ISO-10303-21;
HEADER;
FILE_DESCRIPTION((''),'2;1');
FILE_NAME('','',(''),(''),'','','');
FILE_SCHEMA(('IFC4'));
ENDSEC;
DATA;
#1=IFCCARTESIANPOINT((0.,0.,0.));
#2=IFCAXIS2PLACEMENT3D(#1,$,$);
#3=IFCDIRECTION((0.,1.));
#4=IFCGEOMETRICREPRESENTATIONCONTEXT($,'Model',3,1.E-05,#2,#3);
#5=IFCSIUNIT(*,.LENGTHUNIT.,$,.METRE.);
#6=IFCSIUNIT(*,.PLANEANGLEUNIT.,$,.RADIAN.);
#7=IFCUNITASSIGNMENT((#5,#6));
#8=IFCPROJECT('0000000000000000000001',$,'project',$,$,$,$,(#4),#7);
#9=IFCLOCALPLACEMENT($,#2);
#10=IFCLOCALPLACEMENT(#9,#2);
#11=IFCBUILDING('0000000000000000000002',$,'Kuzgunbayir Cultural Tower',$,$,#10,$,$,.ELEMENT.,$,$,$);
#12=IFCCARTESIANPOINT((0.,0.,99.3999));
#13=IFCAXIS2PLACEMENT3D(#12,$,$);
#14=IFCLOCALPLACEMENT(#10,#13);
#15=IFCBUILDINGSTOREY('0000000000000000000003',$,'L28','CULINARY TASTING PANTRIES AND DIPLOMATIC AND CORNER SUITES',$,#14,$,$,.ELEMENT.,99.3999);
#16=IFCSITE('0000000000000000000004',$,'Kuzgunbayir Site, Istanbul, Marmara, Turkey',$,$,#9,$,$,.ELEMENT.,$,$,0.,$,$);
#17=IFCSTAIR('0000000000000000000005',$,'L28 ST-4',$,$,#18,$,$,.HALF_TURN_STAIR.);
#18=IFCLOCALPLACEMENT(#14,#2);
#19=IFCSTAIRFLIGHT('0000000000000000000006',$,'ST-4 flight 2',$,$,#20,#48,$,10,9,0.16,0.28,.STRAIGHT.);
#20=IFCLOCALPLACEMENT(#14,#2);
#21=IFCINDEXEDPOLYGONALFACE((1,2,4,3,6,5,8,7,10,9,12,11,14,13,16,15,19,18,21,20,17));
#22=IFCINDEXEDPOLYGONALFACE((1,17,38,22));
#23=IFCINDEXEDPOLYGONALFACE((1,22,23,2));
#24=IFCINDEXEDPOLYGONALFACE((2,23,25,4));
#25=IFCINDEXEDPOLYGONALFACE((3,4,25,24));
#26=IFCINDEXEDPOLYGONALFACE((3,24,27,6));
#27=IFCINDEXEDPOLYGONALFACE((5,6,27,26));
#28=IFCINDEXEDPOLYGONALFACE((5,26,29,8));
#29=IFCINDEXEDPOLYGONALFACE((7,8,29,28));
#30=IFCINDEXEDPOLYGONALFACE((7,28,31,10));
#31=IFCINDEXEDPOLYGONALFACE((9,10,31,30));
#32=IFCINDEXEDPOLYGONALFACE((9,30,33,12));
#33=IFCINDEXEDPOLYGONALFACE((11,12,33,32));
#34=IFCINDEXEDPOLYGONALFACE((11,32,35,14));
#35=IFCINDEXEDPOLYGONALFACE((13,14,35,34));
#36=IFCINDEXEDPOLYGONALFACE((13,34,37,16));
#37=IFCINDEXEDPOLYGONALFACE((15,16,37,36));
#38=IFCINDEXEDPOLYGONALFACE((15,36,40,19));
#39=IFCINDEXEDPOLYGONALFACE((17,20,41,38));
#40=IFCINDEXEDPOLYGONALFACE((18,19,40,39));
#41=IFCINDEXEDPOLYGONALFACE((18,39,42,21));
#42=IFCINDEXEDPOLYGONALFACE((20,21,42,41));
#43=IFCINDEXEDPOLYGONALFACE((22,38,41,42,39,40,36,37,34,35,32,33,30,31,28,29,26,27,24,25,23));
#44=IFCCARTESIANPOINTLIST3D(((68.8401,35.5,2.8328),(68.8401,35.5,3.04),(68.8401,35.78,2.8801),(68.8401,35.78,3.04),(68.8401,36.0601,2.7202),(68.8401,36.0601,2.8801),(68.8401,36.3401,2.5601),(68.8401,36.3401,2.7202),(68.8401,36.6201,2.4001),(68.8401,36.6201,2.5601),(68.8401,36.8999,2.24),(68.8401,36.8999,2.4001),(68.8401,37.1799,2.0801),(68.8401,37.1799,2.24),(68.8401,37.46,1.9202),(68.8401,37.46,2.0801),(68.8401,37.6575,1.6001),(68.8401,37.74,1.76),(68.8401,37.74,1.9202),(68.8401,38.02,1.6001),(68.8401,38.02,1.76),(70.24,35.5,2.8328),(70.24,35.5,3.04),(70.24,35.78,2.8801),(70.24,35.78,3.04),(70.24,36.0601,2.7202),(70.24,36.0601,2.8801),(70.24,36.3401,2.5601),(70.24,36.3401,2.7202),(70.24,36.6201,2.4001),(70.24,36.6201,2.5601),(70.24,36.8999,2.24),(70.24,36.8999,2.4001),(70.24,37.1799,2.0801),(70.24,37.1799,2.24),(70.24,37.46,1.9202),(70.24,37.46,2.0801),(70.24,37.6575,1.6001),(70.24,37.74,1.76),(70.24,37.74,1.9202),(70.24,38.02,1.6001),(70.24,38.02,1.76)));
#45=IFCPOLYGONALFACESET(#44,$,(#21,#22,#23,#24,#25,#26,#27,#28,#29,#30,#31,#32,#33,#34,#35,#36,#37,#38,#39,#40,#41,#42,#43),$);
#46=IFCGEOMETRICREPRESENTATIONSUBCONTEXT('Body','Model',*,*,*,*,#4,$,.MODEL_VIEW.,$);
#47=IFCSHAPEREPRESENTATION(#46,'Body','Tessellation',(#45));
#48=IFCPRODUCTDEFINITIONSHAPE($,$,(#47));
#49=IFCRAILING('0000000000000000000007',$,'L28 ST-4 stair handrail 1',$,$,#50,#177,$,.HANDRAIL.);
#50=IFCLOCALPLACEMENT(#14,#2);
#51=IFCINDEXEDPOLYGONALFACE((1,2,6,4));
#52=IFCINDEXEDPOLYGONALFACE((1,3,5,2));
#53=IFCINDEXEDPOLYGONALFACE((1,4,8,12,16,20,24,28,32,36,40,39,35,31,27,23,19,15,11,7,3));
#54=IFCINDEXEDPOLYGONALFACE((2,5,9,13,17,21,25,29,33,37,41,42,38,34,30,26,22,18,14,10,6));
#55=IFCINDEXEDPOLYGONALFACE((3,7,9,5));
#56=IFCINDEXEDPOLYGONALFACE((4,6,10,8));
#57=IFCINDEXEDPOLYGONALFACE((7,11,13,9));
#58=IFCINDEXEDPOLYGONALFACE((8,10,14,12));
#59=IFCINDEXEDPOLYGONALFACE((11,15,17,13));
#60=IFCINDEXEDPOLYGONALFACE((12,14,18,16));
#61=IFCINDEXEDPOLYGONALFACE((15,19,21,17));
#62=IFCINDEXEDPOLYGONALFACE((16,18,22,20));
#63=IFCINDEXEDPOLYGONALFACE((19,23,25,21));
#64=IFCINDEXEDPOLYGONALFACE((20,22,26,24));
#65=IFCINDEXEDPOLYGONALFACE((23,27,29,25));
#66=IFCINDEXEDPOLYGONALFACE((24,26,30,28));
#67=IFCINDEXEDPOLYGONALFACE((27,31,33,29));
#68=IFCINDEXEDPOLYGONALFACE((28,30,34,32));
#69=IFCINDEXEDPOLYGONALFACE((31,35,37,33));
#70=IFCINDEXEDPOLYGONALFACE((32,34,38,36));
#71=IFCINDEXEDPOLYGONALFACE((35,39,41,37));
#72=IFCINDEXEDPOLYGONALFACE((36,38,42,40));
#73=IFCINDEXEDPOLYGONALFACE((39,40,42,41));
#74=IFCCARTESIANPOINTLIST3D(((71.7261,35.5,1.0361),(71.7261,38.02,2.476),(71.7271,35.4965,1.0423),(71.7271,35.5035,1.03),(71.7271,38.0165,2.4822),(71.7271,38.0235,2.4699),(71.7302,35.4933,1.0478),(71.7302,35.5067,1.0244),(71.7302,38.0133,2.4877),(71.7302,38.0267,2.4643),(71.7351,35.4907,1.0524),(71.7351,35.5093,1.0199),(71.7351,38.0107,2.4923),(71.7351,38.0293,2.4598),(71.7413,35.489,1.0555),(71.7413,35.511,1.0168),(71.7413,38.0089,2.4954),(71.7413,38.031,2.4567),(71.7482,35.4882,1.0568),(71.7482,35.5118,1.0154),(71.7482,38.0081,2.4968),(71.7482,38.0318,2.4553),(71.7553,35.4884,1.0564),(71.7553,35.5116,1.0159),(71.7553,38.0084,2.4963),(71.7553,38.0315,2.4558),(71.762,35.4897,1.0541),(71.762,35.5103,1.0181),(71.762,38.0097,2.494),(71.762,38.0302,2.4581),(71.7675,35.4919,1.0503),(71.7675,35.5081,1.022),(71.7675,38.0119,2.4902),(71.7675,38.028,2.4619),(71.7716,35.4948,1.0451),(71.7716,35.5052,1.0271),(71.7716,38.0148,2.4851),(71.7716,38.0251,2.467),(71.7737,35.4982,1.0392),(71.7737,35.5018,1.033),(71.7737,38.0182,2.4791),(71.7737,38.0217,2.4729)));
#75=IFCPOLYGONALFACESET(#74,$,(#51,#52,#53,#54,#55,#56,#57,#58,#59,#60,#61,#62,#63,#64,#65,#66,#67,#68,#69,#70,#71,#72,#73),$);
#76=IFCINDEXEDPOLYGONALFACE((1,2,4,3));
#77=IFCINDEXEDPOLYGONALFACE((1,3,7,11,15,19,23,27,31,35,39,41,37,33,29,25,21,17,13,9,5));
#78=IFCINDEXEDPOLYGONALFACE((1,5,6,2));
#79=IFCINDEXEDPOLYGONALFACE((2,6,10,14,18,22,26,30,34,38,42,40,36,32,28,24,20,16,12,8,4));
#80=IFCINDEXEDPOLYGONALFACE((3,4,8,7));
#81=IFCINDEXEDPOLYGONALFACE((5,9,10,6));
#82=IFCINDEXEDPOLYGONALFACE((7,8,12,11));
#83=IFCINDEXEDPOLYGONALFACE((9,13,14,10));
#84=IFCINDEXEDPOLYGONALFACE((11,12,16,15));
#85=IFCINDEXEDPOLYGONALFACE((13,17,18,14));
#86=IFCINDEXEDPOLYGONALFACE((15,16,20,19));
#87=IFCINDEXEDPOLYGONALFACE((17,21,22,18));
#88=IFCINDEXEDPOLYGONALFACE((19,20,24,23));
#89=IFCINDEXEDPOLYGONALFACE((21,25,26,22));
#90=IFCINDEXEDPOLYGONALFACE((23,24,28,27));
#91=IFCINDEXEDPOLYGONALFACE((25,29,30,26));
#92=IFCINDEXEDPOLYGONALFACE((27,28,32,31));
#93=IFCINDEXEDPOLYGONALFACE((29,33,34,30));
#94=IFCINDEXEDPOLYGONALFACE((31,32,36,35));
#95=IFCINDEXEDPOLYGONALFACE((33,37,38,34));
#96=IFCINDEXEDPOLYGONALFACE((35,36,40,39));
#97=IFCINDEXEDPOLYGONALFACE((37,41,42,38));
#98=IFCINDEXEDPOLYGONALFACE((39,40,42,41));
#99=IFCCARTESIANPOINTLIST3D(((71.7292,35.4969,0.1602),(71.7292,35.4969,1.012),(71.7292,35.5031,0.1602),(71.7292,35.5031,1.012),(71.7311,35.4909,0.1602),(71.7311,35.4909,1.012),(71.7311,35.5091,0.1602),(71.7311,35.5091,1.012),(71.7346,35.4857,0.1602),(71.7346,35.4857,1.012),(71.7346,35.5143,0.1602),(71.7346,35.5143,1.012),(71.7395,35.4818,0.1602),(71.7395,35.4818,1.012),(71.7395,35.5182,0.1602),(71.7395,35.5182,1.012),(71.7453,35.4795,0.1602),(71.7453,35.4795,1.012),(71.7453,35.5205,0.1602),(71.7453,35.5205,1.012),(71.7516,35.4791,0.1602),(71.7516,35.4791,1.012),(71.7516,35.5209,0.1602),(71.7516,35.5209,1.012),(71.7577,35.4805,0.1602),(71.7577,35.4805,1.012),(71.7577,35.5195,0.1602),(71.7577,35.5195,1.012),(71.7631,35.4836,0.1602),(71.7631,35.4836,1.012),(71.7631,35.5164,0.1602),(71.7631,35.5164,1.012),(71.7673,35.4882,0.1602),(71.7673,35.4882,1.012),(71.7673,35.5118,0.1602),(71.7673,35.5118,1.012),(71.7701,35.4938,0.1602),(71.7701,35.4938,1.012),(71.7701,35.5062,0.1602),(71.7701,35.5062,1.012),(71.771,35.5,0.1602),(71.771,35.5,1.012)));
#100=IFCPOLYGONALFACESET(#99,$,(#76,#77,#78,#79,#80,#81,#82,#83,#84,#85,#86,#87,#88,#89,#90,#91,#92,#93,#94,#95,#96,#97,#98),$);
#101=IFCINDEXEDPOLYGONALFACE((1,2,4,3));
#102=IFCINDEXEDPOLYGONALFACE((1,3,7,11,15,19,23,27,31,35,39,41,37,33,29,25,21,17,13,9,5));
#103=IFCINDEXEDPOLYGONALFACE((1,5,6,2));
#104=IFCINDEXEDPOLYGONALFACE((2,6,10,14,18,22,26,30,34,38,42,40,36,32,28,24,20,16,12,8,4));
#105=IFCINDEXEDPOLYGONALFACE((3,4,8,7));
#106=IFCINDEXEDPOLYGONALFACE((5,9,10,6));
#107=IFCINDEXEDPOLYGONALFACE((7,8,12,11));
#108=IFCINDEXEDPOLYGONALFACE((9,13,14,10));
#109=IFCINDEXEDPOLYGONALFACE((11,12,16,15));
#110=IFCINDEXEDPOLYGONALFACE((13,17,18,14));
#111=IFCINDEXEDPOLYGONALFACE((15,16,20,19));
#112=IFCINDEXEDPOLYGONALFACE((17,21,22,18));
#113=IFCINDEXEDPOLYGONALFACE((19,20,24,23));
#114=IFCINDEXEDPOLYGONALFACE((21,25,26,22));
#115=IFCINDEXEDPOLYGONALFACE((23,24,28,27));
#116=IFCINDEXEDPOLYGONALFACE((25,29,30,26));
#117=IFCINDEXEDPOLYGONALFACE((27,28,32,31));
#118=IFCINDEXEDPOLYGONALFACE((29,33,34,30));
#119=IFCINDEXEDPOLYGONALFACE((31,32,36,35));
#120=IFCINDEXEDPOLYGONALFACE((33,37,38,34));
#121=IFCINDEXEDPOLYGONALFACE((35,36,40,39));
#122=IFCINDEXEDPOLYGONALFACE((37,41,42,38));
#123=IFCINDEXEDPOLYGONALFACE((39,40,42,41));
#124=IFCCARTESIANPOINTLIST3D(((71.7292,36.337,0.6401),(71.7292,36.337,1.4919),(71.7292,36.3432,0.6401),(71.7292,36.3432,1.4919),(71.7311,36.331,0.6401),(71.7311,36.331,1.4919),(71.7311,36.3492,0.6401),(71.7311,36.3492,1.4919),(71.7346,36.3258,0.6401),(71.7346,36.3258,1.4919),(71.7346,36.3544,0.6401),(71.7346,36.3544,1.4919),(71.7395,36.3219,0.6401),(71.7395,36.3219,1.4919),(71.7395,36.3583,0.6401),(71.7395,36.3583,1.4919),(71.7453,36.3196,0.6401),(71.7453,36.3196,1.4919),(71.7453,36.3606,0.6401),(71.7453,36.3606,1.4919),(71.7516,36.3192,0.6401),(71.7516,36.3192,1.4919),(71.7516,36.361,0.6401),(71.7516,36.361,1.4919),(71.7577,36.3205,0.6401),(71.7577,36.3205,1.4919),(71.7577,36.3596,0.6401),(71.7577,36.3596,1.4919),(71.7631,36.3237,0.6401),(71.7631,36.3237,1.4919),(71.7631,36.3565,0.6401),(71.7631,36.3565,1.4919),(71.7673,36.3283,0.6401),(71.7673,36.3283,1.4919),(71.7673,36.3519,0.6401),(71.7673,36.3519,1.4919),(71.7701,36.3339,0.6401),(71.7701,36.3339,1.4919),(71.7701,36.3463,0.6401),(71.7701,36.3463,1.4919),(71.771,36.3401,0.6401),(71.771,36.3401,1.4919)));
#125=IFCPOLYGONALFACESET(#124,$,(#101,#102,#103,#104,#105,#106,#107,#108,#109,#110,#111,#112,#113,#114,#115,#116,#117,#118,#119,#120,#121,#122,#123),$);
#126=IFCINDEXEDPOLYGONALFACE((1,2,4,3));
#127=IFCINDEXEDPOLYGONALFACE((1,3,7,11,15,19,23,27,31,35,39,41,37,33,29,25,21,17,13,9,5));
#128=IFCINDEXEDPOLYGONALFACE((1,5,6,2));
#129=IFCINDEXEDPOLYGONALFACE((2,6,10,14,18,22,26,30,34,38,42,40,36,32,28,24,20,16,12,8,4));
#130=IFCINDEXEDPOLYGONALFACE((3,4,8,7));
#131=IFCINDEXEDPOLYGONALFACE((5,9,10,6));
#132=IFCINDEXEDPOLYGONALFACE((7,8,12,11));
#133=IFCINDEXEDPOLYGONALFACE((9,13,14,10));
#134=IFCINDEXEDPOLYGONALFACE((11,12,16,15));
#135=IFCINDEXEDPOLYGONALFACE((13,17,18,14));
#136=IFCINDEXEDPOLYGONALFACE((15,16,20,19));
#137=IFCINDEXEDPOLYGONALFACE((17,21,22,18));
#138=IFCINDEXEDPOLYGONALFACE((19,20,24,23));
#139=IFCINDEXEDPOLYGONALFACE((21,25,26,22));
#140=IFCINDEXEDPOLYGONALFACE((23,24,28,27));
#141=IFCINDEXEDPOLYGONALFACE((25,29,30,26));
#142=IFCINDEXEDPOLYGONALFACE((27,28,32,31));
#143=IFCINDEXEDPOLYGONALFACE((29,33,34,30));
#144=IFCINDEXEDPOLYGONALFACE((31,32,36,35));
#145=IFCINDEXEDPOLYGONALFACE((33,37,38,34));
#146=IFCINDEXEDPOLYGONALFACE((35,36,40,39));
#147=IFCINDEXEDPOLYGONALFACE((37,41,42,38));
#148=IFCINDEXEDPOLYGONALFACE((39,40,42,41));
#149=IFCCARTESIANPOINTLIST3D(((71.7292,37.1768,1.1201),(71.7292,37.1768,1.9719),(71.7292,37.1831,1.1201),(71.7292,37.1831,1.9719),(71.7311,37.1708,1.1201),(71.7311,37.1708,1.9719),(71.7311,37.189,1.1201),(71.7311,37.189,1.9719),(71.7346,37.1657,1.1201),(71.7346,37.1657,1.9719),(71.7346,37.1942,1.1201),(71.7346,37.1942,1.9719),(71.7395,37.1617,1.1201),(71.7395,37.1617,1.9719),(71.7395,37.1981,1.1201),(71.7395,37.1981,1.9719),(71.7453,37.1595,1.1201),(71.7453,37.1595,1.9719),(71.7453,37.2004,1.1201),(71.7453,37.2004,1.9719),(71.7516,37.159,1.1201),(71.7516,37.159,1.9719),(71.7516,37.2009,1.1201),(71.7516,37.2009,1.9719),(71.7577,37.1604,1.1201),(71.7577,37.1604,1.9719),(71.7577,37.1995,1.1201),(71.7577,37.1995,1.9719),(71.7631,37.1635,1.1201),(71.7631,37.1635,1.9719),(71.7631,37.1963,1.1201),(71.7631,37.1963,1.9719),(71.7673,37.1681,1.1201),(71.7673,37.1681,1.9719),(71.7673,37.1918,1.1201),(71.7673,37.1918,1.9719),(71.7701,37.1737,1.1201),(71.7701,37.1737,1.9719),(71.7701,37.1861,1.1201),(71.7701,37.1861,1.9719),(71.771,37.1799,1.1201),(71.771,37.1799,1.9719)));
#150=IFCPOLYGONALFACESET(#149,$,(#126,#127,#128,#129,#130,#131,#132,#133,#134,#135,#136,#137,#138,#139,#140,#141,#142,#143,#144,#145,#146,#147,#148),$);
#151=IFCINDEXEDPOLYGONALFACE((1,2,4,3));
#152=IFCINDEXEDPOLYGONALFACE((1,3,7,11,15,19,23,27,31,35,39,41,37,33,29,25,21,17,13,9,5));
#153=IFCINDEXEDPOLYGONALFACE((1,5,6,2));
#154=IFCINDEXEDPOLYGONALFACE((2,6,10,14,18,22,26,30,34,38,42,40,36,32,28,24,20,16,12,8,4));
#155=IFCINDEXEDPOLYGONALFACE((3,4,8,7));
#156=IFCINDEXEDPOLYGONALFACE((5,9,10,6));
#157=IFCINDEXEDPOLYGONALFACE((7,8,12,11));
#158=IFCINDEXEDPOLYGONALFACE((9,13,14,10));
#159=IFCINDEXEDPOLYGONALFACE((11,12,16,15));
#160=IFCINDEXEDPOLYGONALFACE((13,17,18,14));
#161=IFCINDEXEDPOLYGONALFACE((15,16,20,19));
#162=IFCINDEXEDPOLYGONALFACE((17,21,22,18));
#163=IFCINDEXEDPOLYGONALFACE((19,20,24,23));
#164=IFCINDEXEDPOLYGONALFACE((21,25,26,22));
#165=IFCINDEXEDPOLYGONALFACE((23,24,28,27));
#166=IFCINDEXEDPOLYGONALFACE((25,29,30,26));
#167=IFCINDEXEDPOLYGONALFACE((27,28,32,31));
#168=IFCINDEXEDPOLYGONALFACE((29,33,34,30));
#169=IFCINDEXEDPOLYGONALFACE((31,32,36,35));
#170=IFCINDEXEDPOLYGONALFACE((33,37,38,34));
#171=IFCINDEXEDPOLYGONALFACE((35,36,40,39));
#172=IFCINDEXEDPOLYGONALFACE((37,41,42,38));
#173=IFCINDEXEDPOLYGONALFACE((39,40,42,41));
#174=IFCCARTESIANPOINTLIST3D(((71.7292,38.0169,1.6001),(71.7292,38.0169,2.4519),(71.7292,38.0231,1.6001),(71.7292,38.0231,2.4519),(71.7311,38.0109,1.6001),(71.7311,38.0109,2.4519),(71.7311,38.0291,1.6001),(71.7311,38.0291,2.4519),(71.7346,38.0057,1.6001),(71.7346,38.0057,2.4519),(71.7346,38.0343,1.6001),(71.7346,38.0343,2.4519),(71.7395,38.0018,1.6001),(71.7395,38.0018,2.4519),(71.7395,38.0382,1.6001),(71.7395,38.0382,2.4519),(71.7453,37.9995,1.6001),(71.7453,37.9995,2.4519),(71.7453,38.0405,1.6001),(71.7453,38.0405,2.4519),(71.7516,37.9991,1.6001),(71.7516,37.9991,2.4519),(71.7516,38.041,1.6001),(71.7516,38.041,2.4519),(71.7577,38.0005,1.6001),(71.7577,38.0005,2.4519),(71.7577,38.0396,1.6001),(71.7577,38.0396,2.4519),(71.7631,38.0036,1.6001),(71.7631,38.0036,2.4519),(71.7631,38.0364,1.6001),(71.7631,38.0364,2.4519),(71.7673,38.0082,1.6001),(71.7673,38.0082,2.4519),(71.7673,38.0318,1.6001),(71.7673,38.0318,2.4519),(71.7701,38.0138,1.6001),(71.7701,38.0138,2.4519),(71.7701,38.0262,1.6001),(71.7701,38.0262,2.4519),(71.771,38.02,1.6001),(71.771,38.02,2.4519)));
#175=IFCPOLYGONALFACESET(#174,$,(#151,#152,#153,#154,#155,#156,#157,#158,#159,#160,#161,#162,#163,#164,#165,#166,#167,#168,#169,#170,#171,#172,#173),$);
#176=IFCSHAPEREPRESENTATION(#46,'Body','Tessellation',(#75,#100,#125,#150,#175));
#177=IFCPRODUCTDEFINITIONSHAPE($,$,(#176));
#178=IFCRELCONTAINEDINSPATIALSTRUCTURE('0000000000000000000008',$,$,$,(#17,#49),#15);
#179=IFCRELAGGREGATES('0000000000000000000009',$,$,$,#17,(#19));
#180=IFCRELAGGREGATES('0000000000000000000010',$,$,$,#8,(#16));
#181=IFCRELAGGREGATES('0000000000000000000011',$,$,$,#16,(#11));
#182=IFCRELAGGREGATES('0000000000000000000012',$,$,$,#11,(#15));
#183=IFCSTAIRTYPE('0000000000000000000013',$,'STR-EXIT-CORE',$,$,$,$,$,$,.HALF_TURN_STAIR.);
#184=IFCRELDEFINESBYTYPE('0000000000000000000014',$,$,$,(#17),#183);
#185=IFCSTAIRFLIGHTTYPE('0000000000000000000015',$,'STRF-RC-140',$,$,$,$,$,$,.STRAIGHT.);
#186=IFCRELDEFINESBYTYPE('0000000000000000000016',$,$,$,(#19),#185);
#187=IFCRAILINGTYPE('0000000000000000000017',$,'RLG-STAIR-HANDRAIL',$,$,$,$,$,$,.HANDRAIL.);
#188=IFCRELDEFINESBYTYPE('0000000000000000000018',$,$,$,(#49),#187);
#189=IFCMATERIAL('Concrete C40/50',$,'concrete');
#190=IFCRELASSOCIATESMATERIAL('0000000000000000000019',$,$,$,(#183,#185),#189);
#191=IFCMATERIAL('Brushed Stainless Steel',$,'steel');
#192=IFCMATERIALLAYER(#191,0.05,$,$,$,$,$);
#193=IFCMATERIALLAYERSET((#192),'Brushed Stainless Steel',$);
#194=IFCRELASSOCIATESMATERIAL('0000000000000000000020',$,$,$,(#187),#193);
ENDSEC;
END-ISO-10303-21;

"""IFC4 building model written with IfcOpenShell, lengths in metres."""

from ifc_helpers import new_model, si_unit, direction, frame, origin, origin_2d, place, context, subcontext, project, spatial, polyline, circle, outline, extrude, material, layer, layer_set, type_object, element, aggregate, save


model = new_model("IFC4")

# Units and contexts
model_context = context("Model", 3, precision=1e-05, world=origin(), true_north=direction((0.0, 1.0)))
body_context = subcontext(model_context, "Body", "Model", "MODEL_VIEW")
ifc_project = project(units=[si_unit("LENGTHUNIT", "METRE"), si_unit("PLANEANGLEUNIT", "RADIAN")], contexts=[model_context])

# Site, building, storey
site_placement = place(None, origin())
site = spatial("IfcSite", under=ifc_project, at=site_placement, Name="Kuzgunbayir Site, Istanbul, Marmara, Turkey", CompositionType="ELEMENT", RefElevation=0.0)
building_placement = place(site_placement, origin())
building = spatial("IfcBuilding", under=site, at=building_placement, Name="Kuzgunbayir Cultural Tower", CompositionType="ELEMENT")
storey_placement = place(building_placement, frame((0.0, 0.0, 99.3999)))
storey = spatial("IfcBuildingStorey", under=building, at=storey_placement, Name="L28", Description="CULINARY TASTING PANTRIES AND DIPLOMATIC AND CORNER SUITES", CompositionType="ELEMENT", Elevation=99.3999)

# Shared definitions
ifc_material_1 = material(Name="Concrete C40/50", Category="concrete")
ifc_material_2 = material(Name="Brushed Stainless Steel", Category="steel")

# Stair, stair flight
stair_type = type_object("IfcStairType", Name="STR-EXIT-CORE", PredefinedType="HALF_TURN_STAIR", material=ifc_material_1)
stair_placement = place(storey_placement, origin())
stair = element("IfcStair", 1, at=stair_placement, inside=storey, type_object=stair_type, Name="L28 ST-4", PredefinedType="HALF_TURN_STAIR")
stair_flight_type = type_object("IfcStairFlightType", Name="STRF-RC-140", PredefinedType="STRAIGHT", material=ifc_material_1)
stair_flight_1_placement = place(storey_placement, frame((69.54, 38.02, 1.6001), z_axis=(0.0, 0.0, 1.0), x_axis=(0.0, -1.0, 0.0)))
stair_flight_1 = element("IfcStairFlight", 2, at=stair_flight_1_placement, type_object=stair_flight_type, Name="ST-4 flight 2", NumberOfRisers=10, NumberOfTreads=9, PredefinedType="STRAIGHT", RiserHeight=0.16, TreadLength=0.28, context=body_context, shape_type="SweptSolid", body=[
    extrude(outline(polyline([(0.0, 0.0), (0.0, 0.1599), (0.28, 0.1599), (0.28, 0.3201), (0.5601, 0.3201), (0.5601, 0.48), (0.8401, 0.48), (0.8401, 0.6399), (1.1201, 0.6399), (1.1201, 0.8), (1.3999, 0.8), (1.3999, 0.96), (1.6799, 0.96), (1.6799, 1.1201), (1.96, 1.1201), (1.96, 1.28), (2.24, 1.28), (2.24, 1.4399), (2.52, 1.4399), (2.52, 1.6001), (2.52, 1.2327), (0.3625, 0.0), (0.0, 0.0)])), frame((0.0, 0.7, 0.0), z_axis=(0.0, -1.0, 0.0), x_axis=(1.0, 0.0, 0.0)), (0.0, 0.0, 1.0), 1.3999),
])
aggregate(stair, [stair_flight_1])

# Railing
ifc_layer_1 = layer(ifc_material_2, 0.05)
ifc_layer_set_1 = layer_set([ifc_layer_1], Name="Brushed Stainless Steel")
railing_type_1 = type_object("IfcRailingType", Name="RLG-STAIR-HANDRAIL", PredefinedType="HANDRAIL", material=ifc_layer_set_1)
railing_1_placement = place(storey_placement, frame((71.75, 35.5, 0.1602)))
element("IfcRailing", 3, at=railing_1_placement, inside=storey, type_object=railing_type_1, Name="L28 ST-4 stair handrail 1", PredefinedType="HANDRAIL", context=body_context, shape_type="SweptSolid", body=[
    extrude(circle(Radius=0.0239, at=origin_2d()), frame((0.0, 0.0, 0.876), z_axis=(0.0, 0.868253, 0.496121), x_axis=(-1.0, 0.0, 0.0)), (0.0, 0.0, 1.0), 2.9023),
    extrude(circle(Radius=0.021, at=origin_2d()), origin(), (0.0, 0.0, 1.0), 0.8518),
    extrude(circle(Radius=0.021, at=origin_2d()), frame((0.0, 0.8401, 0.48)), (0.0, 0.0, 1.0), 0.8518),
    extrude(circle(Radius=0.021, at=origin_2d()), frame((0.0, 1.6799, 0.96)), (0.0, 0.0, 1.0), 0.8518),
    extrude(circle(Radius=0.021, at=origin_2d()), frame((0.0, 2.52, 1.4399)), (0.0, 0.0, 1.0), 0.8518),
])

save(model, "model.ifc")
